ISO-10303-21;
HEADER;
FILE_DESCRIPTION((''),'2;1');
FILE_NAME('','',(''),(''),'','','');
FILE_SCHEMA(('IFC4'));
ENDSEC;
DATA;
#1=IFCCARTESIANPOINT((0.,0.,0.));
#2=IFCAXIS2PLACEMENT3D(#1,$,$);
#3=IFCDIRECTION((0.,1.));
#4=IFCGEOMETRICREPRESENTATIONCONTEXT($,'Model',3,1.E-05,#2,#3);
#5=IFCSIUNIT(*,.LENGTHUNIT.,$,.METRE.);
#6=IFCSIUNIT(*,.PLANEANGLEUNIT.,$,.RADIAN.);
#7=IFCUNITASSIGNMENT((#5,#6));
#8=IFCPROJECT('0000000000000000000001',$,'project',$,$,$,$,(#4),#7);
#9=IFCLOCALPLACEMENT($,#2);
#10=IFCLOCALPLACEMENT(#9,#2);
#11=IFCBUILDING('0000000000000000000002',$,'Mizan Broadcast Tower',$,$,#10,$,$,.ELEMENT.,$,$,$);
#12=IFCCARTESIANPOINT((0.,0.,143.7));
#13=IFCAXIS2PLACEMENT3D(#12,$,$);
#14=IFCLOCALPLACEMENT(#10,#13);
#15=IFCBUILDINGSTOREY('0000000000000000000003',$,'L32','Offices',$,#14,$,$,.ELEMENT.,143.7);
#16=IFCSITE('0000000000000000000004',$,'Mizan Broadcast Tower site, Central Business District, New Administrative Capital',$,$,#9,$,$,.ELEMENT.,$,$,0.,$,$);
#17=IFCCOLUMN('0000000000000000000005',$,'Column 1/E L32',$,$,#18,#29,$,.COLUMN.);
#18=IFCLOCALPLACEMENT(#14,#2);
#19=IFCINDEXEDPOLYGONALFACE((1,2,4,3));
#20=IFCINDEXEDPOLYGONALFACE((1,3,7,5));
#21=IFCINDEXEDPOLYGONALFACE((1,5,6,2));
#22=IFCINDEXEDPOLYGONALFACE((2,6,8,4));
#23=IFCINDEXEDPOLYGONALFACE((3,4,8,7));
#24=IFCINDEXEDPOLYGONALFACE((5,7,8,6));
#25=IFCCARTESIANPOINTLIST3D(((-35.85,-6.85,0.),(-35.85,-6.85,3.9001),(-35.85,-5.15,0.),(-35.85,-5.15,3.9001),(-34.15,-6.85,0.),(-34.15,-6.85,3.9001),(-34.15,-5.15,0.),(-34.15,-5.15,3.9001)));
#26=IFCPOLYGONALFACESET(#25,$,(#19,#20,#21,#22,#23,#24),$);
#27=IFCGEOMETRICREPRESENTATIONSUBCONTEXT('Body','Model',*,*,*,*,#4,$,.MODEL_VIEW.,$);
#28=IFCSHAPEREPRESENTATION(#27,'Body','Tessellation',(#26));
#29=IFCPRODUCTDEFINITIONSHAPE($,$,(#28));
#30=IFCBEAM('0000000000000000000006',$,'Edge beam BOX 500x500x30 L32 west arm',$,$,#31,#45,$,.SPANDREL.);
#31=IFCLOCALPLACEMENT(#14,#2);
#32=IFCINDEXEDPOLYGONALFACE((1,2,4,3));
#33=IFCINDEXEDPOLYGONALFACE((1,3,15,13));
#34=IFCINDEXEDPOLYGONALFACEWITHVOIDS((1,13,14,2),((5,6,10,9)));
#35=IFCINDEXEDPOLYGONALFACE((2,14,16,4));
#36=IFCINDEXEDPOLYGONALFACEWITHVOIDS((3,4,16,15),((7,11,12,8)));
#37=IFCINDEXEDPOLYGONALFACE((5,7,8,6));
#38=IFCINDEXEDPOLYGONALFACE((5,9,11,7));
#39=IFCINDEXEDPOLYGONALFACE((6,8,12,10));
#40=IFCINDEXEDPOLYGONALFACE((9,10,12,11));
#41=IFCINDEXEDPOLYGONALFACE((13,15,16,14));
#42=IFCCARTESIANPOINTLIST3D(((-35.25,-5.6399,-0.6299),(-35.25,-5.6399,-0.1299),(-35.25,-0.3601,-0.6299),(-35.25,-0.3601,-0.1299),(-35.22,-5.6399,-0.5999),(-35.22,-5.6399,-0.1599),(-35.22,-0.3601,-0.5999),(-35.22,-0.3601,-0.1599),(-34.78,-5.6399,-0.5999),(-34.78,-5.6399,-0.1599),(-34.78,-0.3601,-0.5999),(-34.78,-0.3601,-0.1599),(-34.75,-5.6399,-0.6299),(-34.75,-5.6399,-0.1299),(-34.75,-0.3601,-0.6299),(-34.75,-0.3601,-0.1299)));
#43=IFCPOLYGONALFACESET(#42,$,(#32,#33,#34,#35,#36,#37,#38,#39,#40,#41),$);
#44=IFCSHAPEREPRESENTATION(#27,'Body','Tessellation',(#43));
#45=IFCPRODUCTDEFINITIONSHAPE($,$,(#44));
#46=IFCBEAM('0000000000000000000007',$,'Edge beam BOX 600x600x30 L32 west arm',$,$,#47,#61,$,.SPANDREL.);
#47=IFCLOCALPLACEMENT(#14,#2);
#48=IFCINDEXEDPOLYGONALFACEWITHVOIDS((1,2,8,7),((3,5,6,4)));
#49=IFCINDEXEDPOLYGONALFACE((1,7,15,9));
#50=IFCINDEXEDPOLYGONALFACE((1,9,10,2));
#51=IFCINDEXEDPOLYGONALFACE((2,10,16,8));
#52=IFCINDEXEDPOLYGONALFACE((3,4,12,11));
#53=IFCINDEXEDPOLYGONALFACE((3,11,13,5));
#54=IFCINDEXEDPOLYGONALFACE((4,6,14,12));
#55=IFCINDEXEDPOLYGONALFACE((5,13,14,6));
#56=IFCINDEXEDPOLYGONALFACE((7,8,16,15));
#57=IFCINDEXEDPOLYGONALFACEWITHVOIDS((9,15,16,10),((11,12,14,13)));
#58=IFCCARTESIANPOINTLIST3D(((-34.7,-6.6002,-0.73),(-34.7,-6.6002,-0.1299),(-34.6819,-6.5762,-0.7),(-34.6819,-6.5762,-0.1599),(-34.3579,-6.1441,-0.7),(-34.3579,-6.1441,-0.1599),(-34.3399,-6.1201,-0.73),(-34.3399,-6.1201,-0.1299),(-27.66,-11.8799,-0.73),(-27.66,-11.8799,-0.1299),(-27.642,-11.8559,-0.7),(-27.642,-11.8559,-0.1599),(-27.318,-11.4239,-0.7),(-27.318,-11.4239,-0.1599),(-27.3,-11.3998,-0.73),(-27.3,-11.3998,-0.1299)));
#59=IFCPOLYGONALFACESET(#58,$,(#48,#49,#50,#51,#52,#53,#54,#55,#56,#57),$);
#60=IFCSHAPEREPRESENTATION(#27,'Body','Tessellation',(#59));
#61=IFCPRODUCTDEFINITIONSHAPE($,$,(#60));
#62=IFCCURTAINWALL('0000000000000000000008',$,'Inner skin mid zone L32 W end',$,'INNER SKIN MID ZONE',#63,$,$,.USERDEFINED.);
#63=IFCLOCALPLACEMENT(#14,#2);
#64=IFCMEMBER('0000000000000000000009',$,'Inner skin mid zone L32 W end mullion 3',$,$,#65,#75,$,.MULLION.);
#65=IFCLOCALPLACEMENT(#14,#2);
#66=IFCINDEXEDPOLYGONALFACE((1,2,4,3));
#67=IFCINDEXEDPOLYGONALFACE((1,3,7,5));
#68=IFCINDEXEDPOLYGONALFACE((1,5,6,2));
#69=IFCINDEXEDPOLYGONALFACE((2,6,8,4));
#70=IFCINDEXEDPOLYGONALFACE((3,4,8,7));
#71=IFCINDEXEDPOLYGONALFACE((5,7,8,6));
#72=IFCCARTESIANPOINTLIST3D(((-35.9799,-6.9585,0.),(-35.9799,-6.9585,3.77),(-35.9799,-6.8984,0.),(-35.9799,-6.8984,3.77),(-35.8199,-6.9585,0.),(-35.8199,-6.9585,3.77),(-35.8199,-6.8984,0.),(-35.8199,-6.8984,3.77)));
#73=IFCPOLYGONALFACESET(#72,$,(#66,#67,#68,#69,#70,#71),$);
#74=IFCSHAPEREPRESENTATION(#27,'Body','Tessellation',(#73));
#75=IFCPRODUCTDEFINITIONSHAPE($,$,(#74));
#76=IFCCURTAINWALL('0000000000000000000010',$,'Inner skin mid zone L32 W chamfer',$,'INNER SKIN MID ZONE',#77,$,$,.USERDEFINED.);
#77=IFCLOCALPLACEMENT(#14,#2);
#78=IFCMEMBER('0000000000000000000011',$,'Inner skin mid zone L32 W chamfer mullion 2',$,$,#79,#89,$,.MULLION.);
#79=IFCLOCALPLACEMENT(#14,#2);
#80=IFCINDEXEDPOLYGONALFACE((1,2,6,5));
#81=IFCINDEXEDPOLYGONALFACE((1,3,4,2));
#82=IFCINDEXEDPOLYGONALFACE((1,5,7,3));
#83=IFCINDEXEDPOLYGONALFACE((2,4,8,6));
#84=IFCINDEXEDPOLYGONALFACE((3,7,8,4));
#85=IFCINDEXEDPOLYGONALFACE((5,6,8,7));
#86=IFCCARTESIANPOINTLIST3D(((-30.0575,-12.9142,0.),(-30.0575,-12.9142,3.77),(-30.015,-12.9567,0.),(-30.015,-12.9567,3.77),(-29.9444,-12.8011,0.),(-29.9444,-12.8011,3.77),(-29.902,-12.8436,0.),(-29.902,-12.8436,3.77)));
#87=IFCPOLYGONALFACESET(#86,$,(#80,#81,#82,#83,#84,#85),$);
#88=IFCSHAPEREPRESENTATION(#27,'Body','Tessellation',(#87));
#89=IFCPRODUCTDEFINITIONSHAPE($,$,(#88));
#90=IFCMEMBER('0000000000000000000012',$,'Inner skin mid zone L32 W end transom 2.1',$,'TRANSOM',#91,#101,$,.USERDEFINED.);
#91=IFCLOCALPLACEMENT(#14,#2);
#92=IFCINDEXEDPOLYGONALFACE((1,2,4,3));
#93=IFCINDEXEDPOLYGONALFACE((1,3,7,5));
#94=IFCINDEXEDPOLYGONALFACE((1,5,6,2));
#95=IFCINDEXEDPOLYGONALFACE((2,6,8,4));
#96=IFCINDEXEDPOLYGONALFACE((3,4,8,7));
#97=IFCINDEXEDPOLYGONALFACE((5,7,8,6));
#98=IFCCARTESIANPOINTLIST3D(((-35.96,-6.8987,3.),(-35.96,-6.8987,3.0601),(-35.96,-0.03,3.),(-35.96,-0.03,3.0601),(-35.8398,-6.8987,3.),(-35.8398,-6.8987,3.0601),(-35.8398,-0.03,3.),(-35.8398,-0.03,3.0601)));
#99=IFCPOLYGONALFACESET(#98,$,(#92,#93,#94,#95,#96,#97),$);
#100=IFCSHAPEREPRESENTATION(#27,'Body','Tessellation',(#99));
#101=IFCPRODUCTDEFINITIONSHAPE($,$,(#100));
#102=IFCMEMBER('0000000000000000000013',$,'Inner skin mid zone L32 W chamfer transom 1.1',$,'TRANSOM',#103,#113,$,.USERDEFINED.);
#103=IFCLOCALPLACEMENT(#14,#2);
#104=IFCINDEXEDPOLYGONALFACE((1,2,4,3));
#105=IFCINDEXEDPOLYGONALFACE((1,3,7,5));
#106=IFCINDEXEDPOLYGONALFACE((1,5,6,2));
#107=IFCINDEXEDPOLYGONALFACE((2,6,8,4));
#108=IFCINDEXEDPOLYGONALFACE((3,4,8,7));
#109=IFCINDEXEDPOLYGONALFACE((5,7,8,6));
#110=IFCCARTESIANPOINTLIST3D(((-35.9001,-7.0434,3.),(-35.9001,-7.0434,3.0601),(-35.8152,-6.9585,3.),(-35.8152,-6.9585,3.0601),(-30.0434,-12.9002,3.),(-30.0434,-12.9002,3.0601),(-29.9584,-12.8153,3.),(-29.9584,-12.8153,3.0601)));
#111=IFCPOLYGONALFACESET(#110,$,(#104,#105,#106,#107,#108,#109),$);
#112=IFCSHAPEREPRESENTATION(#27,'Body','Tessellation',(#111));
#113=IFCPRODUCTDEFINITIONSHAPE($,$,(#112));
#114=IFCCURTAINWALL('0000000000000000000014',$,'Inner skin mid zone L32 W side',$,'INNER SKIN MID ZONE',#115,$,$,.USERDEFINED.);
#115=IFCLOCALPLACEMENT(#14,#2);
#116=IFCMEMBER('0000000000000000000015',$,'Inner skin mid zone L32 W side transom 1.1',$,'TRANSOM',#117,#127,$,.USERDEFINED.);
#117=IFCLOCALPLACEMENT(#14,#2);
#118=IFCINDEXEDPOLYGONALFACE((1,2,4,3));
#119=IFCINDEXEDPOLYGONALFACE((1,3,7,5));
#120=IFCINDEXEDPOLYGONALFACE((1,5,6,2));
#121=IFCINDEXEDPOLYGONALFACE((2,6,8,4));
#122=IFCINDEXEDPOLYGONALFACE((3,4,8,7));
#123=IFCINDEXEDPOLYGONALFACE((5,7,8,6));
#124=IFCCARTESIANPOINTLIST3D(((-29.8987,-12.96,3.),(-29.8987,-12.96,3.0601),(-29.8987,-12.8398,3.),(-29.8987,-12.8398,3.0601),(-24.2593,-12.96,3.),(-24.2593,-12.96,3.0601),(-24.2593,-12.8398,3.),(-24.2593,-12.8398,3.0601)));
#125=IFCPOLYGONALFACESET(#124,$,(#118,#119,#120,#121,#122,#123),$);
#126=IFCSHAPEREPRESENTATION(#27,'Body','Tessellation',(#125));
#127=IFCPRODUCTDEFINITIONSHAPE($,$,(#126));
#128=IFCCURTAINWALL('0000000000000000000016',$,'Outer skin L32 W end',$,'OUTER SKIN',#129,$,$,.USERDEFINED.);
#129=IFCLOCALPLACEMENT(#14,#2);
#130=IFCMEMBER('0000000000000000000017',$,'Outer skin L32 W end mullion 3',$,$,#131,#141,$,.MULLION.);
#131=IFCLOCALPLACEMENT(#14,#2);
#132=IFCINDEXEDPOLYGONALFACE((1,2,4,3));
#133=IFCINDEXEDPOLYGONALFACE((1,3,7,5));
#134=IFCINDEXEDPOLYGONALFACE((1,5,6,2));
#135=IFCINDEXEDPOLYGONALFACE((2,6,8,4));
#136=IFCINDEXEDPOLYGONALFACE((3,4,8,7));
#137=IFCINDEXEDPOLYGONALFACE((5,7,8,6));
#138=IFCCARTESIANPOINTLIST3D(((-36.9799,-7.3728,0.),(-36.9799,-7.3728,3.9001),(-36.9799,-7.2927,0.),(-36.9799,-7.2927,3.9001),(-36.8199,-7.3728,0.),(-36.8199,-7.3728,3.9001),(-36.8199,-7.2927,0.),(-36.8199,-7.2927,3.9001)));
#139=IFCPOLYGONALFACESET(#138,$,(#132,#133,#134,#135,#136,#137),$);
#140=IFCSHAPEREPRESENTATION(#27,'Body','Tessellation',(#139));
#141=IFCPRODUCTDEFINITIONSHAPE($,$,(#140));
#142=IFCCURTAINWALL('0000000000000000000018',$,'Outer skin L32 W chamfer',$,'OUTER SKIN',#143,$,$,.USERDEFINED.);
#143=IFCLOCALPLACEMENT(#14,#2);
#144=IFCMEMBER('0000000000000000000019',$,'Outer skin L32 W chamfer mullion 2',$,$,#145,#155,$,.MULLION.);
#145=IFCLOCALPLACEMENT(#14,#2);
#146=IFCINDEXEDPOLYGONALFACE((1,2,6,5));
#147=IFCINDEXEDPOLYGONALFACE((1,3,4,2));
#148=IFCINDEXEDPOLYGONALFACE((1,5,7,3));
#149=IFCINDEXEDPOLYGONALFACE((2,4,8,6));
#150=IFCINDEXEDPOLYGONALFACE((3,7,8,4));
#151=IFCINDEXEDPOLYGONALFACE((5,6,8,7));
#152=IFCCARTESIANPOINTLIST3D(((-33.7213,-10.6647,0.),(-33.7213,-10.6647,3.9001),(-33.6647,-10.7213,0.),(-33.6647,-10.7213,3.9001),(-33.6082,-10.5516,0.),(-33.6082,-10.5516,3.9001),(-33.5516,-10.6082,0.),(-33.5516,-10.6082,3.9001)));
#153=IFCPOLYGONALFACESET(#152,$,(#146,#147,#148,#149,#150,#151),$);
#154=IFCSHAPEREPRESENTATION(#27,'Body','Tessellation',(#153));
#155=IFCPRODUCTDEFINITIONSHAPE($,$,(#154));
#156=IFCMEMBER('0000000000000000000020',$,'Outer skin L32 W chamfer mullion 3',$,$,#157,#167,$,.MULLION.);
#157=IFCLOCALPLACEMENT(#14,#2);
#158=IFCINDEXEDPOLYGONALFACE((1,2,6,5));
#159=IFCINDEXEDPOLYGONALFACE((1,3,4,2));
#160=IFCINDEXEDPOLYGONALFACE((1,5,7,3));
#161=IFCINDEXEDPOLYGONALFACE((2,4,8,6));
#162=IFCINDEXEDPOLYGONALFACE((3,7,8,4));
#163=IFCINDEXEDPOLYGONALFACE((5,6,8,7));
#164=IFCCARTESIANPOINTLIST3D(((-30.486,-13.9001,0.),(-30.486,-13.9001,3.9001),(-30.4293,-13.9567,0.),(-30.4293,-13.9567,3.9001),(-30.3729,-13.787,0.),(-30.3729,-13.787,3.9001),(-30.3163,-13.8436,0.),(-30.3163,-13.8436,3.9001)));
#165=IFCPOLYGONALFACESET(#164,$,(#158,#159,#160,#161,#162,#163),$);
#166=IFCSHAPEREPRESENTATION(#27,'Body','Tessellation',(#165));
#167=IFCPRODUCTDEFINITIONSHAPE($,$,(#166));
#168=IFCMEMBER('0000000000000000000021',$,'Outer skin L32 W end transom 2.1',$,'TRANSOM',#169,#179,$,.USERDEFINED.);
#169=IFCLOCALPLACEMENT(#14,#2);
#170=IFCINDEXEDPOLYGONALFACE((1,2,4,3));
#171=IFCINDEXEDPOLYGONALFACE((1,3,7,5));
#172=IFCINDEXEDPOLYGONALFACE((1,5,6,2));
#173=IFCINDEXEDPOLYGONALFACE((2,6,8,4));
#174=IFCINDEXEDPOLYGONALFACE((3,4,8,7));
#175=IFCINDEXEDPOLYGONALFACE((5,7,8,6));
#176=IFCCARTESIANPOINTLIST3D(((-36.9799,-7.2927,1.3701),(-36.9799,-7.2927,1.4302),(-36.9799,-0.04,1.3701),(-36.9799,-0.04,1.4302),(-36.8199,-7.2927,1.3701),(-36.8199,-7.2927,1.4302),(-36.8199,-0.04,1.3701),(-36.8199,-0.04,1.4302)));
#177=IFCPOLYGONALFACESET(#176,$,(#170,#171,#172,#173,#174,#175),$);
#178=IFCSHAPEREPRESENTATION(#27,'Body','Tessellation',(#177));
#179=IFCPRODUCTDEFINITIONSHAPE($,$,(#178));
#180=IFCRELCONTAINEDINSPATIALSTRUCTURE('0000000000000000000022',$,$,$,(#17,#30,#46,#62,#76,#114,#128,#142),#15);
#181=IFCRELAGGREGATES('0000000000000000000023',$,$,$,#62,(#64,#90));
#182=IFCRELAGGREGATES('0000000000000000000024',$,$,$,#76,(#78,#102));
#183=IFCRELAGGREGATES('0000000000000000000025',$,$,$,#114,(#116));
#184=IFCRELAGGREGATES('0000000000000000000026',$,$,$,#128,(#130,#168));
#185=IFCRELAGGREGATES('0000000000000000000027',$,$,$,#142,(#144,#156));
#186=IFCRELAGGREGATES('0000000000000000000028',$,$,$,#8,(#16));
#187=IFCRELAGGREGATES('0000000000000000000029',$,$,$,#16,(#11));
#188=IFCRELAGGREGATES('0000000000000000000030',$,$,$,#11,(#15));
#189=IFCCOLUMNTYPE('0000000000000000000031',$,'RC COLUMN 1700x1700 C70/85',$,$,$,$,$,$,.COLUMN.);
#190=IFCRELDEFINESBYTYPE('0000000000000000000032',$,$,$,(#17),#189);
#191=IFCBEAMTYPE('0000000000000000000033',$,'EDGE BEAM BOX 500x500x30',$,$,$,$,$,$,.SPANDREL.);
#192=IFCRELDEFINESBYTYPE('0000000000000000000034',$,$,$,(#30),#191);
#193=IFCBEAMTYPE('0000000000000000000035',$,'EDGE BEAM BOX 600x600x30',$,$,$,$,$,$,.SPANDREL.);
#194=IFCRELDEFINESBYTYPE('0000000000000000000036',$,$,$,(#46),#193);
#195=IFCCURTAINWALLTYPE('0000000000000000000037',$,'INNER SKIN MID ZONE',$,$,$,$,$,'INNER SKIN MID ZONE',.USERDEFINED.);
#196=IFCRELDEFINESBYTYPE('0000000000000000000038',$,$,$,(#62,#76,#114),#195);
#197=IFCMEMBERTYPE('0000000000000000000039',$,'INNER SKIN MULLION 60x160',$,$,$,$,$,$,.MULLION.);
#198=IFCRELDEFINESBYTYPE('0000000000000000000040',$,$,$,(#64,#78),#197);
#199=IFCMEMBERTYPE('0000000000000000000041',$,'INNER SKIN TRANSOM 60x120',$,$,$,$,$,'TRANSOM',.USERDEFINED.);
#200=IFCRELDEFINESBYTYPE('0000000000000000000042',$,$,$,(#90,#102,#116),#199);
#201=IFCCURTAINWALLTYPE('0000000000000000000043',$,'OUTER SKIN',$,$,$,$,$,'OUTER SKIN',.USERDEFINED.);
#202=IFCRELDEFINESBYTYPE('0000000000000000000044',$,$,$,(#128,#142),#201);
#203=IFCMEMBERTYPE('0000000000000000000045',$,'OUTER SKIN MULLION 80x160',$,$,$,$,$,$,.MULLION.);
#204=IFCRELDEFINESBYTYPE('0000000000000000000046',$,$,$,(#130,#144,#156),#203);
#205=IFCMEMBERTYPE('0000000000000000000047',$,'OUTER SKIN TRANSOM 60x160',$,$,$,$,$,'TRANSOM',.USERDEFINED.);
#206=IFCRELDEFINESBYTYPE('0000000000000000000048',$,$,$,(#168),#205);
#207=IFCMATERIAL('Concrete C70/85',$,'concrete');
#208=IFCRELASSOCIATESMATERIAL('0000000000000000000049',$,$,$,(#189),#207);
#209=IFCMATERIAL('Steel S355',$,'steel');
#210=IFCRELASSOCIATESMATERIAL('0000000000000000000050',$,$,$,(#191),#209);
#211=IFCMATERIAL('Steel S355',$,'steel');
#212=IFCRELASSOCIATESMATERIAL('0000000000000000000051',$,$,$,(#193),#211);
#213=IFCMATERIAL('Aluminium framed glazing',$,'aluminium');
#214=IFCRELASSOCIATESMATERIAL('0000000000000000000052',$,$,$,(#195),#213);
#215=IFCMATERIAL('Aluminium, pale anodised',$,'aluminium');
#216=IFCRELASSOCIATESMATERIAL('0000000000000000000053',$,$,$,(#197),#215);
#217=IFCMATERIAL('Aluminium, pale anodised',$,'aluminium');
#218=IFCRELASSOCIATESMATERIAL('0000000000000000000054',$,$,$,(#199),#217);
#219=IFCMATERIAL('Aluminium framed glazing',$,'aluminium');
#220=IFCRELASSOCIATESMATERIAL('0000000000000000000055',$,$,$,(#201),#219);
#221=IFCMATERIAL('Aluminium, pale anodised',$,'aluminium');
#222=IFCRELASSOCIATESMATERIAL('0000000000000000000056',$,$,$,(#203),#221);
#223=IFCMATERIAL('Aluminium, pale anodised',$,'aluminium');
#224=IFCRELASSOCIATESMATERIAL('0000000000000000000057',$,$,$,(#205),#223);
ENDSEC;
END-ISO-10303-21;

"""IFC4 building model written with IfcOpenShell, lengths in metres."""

from ifc_helpers import new_model, si_unit, direction, frame, origin, origin_2d, place, context, subcontext, project, spatial, rectangle, hollow_rectangle, extrude, material, material_profile, profile_set, type_object, element, aggregate, save


model = new_model("IFC4")

# Units and contexts
model_context = context("Model", 3, precision=1e-05, world=origin(), true_north=direction((0.0, 1.0)))
body_context = subcontext(model_context, "Body", "Model", "MODEL_VIEW")
ifc_project = project(units=[si_unit("LENGTHUNIT", "METRE"), si_unit("PLANEANGLEUNIT", "RADIAN")], contexts=[model_context])

# Site, building, storey
site_placement = place(None, origin())
site = spatial("IfcSite", under=ifc_project, at=site_placement, Name="Mizan Broadcast Tower site, Central Business District, New Administrative Capital", CompositionType="ELEMENT", RefElevation=0.0)
building_placement = place(site_placement, origin())
building = spatial("IfcBuilding", under=site, at=building_placement, Name="Mizan Broadcast Tower", CompositionType="ELEMENT")
storey_placement = place(building_placement, frame((0.0, 0.0, 143.7)))
storey = spatial("IfcBuildingStorey", under=building, at=storey_placement, Name="L32", Description="Offices", CompositionType="ELEMENT", Elevation=143.7)

# Column
ifc_material_1 = material(Name="Concrete C70/85", Category="concrete")
ifc_material_profile_1 = material_profile(ifc_material_1, rectangle(XDim=1.7, YDim=1.7, at=origin_2d()), Name="RC 1700x1700")
ifc_profile_set_1 = profile_set([ifc_material_profile_1], Name="Concrete C70/85")
column_type = type_object("IfcColumnType", Name="RC COLUMN 1700x1700 C70/85", PredefinedType="COLUMN", material=ifc_profile_set_1)
column_placement = place(storey_placement, frame((-35.0, -6.0, 0.0), z_axis=(0.0, 0.0, 1.0), x_axis=(1.0, 0.0, 0.0)))
element("IfcColumn", 1, at=column_placement, inside=storey, type_object=column_type, Name="Column 1/E L32", PredefinedType="COLUMN", context=body_context, shape_type="SweptSolid", body=[
    extrude(rectangle(XDim=1.7, YDim=1.7, at=origin_2d()), origin(), (0.0, 0.0, 1.0), 3.9001),
])

# Beams
ifc_material_2 = material(Name="Steel S355", Category="steel")
ifc_material_profile_2 = material_profile(ifc_material_2, hollow_rectangle(XDim=0.5, YDim=0.5, WallThickness=0.03, at=origin_2d()), Name="BOX 500x500x30")
ifc_profile_set_2 = profile_set([ifc_material_profile_2], Name="Steel S355")
beam_type_1 = type_object("IfcBeamType", Name="EDGE BEAM BOX 500x500x30", PredefinedType="SPANDREL", material=ifc_profile_set_2)
beam_1_placement = place(storey_placement, frame((-35.0, -5.6399, -0.3799), z_axis=(0.0, 1.0, 0.0), x_axis=(-1.0, 0.0, 0.0)))
element("IfcBeam", 2, at=beam_1_placement, inside=storey, type_object=beam_type_1, Name="Edge beam BOX 500x500x30 L32 west arm", PredefinedType="SPANDREL", context=body_context, shape_type="SweptSolid", body=[
    extrude(hollow_rectangle(XDim=0.5, YDim=0.5, WallThickness=0.03, at=origin_2d()), origin(), (0.0, 0.0, 1.0), 5.2798),
])
ifc_material_3 = material(Name="Steel S355", Category="steel")
ifc_material_profile_3 = material_profile(ifc_material_3, hollow_rectangle(XDim=0.6001, YDim=0.6001, WallThickness=0.03, at=origin_2d()), Name="BOX 600x600x30")
ifc_profile_set_3 = profile_set([ifc_material_profile_3], Name="Steel S355")
beam_type_2 = type_object("IfcBeamType", Name="EDGE BEAM BOX 600x600x30", PredefinedType="SPANDREL", material=ifc_profile_set_3)
beam_2_placement = place(storey_placement, frame((-27.48, -11.6399, -0.4299), z_axis=(-0.800013, 0.599982, 0.0), x_axis=(-0.599982, -0.800013, 0.0)))
element("IfcBeam", 3, at=beam_2_placement, inside=storey, type_object=beam_type_2, Name="Edge beam BOX 600x600x30 L32 west arm", PredefinedType="SPANDREL", context=body_context, shape_type="SweptSolid", body=[
    extrude(hollow_rectangle(XDim=0.6001, YDim=0.6001, WallThickness=0.03, at=origin_2d()), origin(), (0.0, 0.0, 1.0), 8.7998),
])

# Curtain walls, members
ifc_material_4 = material(Name="Aluminium framed glazing", Category="aluminium")
curtain_wall_type_1 = type_object("IfcCurtainWallType", Name="INNER SKIN MID ZONE", ElementType="INNER SKIN MID ZONE", PredefinedType="USERDEFINED", material=ifc_material_4)
curtain_wall_1_placement = place(storey_placement, origin())
curtain_wall_1 = element("IfcCurtainWall", 4, at=curtain_wall_1_placement, inside=storey, type_object=curtain_wall_type_1, Name="Inner skin mid zone L32 W end", ObjectType="INNER SKIN MID ZONE", PredefinedType="USERDEFINED")
ifc_material_5 = material(Name="Aluminium, pale anodised", Category="aluminium")
ifc_material_profile_4 = material_profile(ifc_material_5, rectangle(XDim=0.1599, YDim=0.0601, at=origin_2d()), Name="MULLION 160x60")
ifc_profile_set_4 = profile_set([ifc_material_profile_4], Name="Aluminium, pale anodised")
member_type_1 = type_object("IfcMemberType", Name="INNER SKIN MULLION 60x160", PredefinedType="MULLION", material=ifc_profile_set_4)
member_1_placement = place(storey_placement, frame((-35.8999, -6.9285, 0.0), z_axis=(0.0, 0.0, 1.0), x_axis=(1.0, 0.0, 0.0)))
member_1 = element("IfcMember", 5, at=member_1_placement, type_object=member_type_1, Name="Inner skin mid zone L32 W end mullion 3", PredefinedType="MULLION", context=body_context, shape_type="SweptSolid", body=[
    extrude(rectangle(XDim=0.1599, YDim=0.0601, at=origin_2d()), origin(), (0.0, 0.0, 1.0), 3.77),
])
curtain_wall_2_placement = place(storey_placement, origin())
curtain_wall_2 = element("IfcCurtainWall", 6, at=curtain_wall_2_placement, inside=storey, type_object=curtain_wall_type_1, Name="Inner skin mid zone L32 W chamfer", ObjectType="INNER SKIN MID ZONE", PredefinedType="USERDEFINED")
member_2_placement = place(storey_placement, frame((-29.9797, -12.8789, 0.0), z_axis=(0.0, 0.0, 1.0), x_axis=(0.707107, 0.707107, 0.0)))
member_2 = element("IfcMember", 7, at=member_2_placement, type_object=member_type_1, Name="Inner skin mid zone L32 W chamfer mullion 2", PredefinedType="MULLION", context=body_context, shape_type="SweptSolid", body=[
    extrude(rectangle(XDim=0.1599, YDim=0.0601, at=origin_2d()), origin(), (0.0, 0.0, 1.0), 3.77),
])

# Members
ifc_material_6 = material(Name="Aluminium, pale anodised", Category="aluminium")
ifc_material_profile_5 = material_profile(ifc_material_6, rectangle(XDim=0.1201, YDim=0.0601, at=origin_2d()), Name="TRANSOM 120x60")
ifc_profile_set_5 = profile_set([ifc_material_profile_5], Name="Aluminium, pale anodised")
member_type_2 = type_object("IfcMemberType", Name="INNER SKIN TRANSOM 60x120", ElementType="TRANSOM", PredefinedType="USERDEFINED", material=ifc_profile_set_5)
member_3_placement = place(storey_placement, frame((-35.8999, -0.03, 3.03), z_axis=(0.0, -1.0, 0.0), x_axis=(1.0, 0.0, 0.0)))
member_3 = element("IfcMember", 8, at=member_3_placement, type_object=member_type_2, Name="Inner skin mid zone L32 W end transom 2.1", ObjectType="TRANSOM", PredefinedType="USERDEFINED", context=body_context, shape_type="SweptSolid", body=[
    extrude(rectangle(XDim=0.1201, YDim=0.0601, at=origin_2d()), origin(), (0.0, 0.0, 1.0), 6.8687),
])
member_4_placement = place(storey_placement, frame((-35.8577, -7.001, 3.03), z_axis=(0.707107, -0.707107, 0.0), x_axis=(0.707107, 0.707107, 0.0)))
member_4 = element("IfcMember", 9, at=member_4_placement, type_object=member_type_2, Name="Inner skin mid zone L32 W chamfer transom 1.1", ObjectType="TRANSOM", PredefinedType="USERDEFINED", context=body_context, shape_type="SweptSolid", body=[
    extrude(rectangle(XDim=0.1201, YDim=0.0601, at=origin_2d()), origin(), (0.0, 0.0, 1.0), 8.2827),
])

# Curtain walls, members
curtain_wall_3_placement = place(storey_placement, origin())
curtain_wall_3 = element("IfcCurtainWall", 10, at=curtain_wall_3_placement, inside=storey, type_object=curtain_wall_type_1, Name="Inner skin mid zone L32 W side", ObjectType="INNER SKIN MID ZONE", PredefinedType="USERDEFINED")
member_5_placement = place(storey_placement, frame((-29.8987, -12.8999, 3.03), z_axis=(1.0, 0.0, 0.0), x_axis=(0.0, 1.0, 0.0)))
member_5 = element("IfcMember", 11, at=member_5_placement, type_object=member_type_2, Name="Inner skin mid zone L32 W side transom 1.1", ObjectType="TRANSOM", PredefinedType="USERDEFINED", context=body_context, shape_type="SweptSolid", body=[
    extrude(rectangle(XDim=0.1201, YDim=0.0601, at=origin_2d()), origin(), (0.0, 0.0, 1.0), 5.6394),
])
ifc_material_7 = material(Name="Aluminium framed glazing", Category="aluminium")
curtain_wall_type_2 = type_object("IfcCurtainWallType", Name="OUTER SKIN", ElementType="OUTER SKIN", PredefinedType="USERDEFINED", material=ifc_material_7)
curtain_wall_4_placement = place(storey_placement, origin())
curtain_wall_4 = element("IfcCurtainWall", 12, at=curtain_wall_4_placement, inside=storey, type_object=curtain_wall_type_2, Name="Outer skin L32 W end", ObjectType="OUTER SKIN", PredefinedType="USERDEFINED")
ifc_material_8 = material(Name="Aluminium, pale anodised", Category="aluminium")
ifc_material_profile_6 = material_profile(ifc_material_8, rectangle(XDim=0.1599, YDim=0.0801, at=origin_2d()), Name="MULLION 160x80")
ifc_profile_set_6 = profile_set([ifc_material_profile_6], Name="Aluminium, pale anodised")
member_type_3 = type_object("IfcMemberType", Name="OUTER SKIN MULLION 80x160", PredefinedType="MULLION", material=ifc_profile_set_6)
member_6_placement = place(storey_placement, frame((-36.8999, -7.3328, 0.0), z_axis=(0.0, 0.0, 1.0), x_axis=(1.0, 0.0, 0.0)))
member_6 = element("IfcMember", 13, at=member_6_placement, type_object=member_type_3, Name="Outer skin L32 W end mullion 3", PredefinedType="MULLION", context=body_context, shape_type="SweptSolid", body=[
    extrude(rectangle(XDim=0.1599, YDim=0.0801, at=origin_2d()), origin(), (0.0, 0.0, 1.0), 3.9001),
])

# Curtain wall, members
curtain_wall_5_placement = place(storey_placement, origin())
curtain_wall_5 = element("IfcCurtainWall", 14, at=curtain_wall_5_placement, inside=storey, type_object=curtain_wall_type_2, Name="Outer skin L32 W chamfer", ObjectType="OUTER SKIN", PredefinedType="USERDEFINED")
member_7_placement = place(storey_placement, frame((-33.6365, -10.6365, 0.0), z_axis=(0.0, 0.0, 1.0), x_axis=(0.707107, 0.707107, 0.0)))
member_7 = element("IfcMember", 15, at=member_7_placement, type_object=member_type_3, Name="Outer skin L32 W chamfer mullion 2", PredefinedType="MULLION", context=body_context, shape_type="SweptSolid", body=[
    extrude(rectangle(XDim=0.1599, YDim=0.0801, at=origin_2d()), origin(), (0.0, 0.0, 1.0), 3.9001),
])
member_8_placement = place(storey_placement, frame((-30.4011, -13.8718, 0.0), z_axis=(0.0, 0.0, 1.0), x_axis=(0.707107, 0.707107, 0.0)))
member_8 = element("IfcMember", 16, at=member_8_placement, type_object=member_type_3, Name="Outer skin L32 W chamfer mullion 3", PredefinedType="MULLION", context=body_context, shape_type="SweptSolid", body=[
    extrude(rectangle(XDim=0.1599, YDim=0.0801, at=origin_2d()), origin(), (0.0, 0.0, 1.0), 3.9001),
])

# Member
ifc_material_9 = material(Name="Aluminium, pale anodised", Category="aluminium")
ifc_material_profile_7 = material_profile(ifc_material_9, rectangle(XDim=0.1599, YDim=0.0601, at=origin_2d()), Name="TRANSOM 160x60")
ifc_profile_set_7 = profile_set([ifc_material_profile_7], Name="Aluminium, pale anodised")
member_type_4 = type_object("IfcMemberType", Name="OUTER SKIN TRANSOM 60x160", ElementType="TRANSOM", PredefinedType="USERDEFINED", material=ifc_profile_set_7)
member_9_placement = place(storey_placement, frame((-36.8999, -0.04, 1.4001), z_axis=(0.0, -1.0, 0.0), x_axis=(1.0, 0.0, 0.0)))
member_9 = element("IfcMember", 17, at=member_9_placement, type_object=member_type_4, Name="Outer skin L32 W end transom 2.1", ObjectType="TRANSOM", PredefinedType="USERDEFINED", context=body_context, shape_type="SweptSolid", body=[
    extrude(rectangle(XDim=0.1599, YDim=0.0601, at=origin_2d()), origin(), (0.0, 0.0, 1.0), 7.2527),
])

aggregate(curtain_wall_1, [member_1, member_3])
aggregate(curtain_wall_2, [member_2, member_4])
aggregate(curtain_wall_3, [member_5])
aggregate(curtain_wall_4, [member_6, member_9])
aggregate(curtain_wall_5, [member_7, member_8])

save(model, "model.ifc")
